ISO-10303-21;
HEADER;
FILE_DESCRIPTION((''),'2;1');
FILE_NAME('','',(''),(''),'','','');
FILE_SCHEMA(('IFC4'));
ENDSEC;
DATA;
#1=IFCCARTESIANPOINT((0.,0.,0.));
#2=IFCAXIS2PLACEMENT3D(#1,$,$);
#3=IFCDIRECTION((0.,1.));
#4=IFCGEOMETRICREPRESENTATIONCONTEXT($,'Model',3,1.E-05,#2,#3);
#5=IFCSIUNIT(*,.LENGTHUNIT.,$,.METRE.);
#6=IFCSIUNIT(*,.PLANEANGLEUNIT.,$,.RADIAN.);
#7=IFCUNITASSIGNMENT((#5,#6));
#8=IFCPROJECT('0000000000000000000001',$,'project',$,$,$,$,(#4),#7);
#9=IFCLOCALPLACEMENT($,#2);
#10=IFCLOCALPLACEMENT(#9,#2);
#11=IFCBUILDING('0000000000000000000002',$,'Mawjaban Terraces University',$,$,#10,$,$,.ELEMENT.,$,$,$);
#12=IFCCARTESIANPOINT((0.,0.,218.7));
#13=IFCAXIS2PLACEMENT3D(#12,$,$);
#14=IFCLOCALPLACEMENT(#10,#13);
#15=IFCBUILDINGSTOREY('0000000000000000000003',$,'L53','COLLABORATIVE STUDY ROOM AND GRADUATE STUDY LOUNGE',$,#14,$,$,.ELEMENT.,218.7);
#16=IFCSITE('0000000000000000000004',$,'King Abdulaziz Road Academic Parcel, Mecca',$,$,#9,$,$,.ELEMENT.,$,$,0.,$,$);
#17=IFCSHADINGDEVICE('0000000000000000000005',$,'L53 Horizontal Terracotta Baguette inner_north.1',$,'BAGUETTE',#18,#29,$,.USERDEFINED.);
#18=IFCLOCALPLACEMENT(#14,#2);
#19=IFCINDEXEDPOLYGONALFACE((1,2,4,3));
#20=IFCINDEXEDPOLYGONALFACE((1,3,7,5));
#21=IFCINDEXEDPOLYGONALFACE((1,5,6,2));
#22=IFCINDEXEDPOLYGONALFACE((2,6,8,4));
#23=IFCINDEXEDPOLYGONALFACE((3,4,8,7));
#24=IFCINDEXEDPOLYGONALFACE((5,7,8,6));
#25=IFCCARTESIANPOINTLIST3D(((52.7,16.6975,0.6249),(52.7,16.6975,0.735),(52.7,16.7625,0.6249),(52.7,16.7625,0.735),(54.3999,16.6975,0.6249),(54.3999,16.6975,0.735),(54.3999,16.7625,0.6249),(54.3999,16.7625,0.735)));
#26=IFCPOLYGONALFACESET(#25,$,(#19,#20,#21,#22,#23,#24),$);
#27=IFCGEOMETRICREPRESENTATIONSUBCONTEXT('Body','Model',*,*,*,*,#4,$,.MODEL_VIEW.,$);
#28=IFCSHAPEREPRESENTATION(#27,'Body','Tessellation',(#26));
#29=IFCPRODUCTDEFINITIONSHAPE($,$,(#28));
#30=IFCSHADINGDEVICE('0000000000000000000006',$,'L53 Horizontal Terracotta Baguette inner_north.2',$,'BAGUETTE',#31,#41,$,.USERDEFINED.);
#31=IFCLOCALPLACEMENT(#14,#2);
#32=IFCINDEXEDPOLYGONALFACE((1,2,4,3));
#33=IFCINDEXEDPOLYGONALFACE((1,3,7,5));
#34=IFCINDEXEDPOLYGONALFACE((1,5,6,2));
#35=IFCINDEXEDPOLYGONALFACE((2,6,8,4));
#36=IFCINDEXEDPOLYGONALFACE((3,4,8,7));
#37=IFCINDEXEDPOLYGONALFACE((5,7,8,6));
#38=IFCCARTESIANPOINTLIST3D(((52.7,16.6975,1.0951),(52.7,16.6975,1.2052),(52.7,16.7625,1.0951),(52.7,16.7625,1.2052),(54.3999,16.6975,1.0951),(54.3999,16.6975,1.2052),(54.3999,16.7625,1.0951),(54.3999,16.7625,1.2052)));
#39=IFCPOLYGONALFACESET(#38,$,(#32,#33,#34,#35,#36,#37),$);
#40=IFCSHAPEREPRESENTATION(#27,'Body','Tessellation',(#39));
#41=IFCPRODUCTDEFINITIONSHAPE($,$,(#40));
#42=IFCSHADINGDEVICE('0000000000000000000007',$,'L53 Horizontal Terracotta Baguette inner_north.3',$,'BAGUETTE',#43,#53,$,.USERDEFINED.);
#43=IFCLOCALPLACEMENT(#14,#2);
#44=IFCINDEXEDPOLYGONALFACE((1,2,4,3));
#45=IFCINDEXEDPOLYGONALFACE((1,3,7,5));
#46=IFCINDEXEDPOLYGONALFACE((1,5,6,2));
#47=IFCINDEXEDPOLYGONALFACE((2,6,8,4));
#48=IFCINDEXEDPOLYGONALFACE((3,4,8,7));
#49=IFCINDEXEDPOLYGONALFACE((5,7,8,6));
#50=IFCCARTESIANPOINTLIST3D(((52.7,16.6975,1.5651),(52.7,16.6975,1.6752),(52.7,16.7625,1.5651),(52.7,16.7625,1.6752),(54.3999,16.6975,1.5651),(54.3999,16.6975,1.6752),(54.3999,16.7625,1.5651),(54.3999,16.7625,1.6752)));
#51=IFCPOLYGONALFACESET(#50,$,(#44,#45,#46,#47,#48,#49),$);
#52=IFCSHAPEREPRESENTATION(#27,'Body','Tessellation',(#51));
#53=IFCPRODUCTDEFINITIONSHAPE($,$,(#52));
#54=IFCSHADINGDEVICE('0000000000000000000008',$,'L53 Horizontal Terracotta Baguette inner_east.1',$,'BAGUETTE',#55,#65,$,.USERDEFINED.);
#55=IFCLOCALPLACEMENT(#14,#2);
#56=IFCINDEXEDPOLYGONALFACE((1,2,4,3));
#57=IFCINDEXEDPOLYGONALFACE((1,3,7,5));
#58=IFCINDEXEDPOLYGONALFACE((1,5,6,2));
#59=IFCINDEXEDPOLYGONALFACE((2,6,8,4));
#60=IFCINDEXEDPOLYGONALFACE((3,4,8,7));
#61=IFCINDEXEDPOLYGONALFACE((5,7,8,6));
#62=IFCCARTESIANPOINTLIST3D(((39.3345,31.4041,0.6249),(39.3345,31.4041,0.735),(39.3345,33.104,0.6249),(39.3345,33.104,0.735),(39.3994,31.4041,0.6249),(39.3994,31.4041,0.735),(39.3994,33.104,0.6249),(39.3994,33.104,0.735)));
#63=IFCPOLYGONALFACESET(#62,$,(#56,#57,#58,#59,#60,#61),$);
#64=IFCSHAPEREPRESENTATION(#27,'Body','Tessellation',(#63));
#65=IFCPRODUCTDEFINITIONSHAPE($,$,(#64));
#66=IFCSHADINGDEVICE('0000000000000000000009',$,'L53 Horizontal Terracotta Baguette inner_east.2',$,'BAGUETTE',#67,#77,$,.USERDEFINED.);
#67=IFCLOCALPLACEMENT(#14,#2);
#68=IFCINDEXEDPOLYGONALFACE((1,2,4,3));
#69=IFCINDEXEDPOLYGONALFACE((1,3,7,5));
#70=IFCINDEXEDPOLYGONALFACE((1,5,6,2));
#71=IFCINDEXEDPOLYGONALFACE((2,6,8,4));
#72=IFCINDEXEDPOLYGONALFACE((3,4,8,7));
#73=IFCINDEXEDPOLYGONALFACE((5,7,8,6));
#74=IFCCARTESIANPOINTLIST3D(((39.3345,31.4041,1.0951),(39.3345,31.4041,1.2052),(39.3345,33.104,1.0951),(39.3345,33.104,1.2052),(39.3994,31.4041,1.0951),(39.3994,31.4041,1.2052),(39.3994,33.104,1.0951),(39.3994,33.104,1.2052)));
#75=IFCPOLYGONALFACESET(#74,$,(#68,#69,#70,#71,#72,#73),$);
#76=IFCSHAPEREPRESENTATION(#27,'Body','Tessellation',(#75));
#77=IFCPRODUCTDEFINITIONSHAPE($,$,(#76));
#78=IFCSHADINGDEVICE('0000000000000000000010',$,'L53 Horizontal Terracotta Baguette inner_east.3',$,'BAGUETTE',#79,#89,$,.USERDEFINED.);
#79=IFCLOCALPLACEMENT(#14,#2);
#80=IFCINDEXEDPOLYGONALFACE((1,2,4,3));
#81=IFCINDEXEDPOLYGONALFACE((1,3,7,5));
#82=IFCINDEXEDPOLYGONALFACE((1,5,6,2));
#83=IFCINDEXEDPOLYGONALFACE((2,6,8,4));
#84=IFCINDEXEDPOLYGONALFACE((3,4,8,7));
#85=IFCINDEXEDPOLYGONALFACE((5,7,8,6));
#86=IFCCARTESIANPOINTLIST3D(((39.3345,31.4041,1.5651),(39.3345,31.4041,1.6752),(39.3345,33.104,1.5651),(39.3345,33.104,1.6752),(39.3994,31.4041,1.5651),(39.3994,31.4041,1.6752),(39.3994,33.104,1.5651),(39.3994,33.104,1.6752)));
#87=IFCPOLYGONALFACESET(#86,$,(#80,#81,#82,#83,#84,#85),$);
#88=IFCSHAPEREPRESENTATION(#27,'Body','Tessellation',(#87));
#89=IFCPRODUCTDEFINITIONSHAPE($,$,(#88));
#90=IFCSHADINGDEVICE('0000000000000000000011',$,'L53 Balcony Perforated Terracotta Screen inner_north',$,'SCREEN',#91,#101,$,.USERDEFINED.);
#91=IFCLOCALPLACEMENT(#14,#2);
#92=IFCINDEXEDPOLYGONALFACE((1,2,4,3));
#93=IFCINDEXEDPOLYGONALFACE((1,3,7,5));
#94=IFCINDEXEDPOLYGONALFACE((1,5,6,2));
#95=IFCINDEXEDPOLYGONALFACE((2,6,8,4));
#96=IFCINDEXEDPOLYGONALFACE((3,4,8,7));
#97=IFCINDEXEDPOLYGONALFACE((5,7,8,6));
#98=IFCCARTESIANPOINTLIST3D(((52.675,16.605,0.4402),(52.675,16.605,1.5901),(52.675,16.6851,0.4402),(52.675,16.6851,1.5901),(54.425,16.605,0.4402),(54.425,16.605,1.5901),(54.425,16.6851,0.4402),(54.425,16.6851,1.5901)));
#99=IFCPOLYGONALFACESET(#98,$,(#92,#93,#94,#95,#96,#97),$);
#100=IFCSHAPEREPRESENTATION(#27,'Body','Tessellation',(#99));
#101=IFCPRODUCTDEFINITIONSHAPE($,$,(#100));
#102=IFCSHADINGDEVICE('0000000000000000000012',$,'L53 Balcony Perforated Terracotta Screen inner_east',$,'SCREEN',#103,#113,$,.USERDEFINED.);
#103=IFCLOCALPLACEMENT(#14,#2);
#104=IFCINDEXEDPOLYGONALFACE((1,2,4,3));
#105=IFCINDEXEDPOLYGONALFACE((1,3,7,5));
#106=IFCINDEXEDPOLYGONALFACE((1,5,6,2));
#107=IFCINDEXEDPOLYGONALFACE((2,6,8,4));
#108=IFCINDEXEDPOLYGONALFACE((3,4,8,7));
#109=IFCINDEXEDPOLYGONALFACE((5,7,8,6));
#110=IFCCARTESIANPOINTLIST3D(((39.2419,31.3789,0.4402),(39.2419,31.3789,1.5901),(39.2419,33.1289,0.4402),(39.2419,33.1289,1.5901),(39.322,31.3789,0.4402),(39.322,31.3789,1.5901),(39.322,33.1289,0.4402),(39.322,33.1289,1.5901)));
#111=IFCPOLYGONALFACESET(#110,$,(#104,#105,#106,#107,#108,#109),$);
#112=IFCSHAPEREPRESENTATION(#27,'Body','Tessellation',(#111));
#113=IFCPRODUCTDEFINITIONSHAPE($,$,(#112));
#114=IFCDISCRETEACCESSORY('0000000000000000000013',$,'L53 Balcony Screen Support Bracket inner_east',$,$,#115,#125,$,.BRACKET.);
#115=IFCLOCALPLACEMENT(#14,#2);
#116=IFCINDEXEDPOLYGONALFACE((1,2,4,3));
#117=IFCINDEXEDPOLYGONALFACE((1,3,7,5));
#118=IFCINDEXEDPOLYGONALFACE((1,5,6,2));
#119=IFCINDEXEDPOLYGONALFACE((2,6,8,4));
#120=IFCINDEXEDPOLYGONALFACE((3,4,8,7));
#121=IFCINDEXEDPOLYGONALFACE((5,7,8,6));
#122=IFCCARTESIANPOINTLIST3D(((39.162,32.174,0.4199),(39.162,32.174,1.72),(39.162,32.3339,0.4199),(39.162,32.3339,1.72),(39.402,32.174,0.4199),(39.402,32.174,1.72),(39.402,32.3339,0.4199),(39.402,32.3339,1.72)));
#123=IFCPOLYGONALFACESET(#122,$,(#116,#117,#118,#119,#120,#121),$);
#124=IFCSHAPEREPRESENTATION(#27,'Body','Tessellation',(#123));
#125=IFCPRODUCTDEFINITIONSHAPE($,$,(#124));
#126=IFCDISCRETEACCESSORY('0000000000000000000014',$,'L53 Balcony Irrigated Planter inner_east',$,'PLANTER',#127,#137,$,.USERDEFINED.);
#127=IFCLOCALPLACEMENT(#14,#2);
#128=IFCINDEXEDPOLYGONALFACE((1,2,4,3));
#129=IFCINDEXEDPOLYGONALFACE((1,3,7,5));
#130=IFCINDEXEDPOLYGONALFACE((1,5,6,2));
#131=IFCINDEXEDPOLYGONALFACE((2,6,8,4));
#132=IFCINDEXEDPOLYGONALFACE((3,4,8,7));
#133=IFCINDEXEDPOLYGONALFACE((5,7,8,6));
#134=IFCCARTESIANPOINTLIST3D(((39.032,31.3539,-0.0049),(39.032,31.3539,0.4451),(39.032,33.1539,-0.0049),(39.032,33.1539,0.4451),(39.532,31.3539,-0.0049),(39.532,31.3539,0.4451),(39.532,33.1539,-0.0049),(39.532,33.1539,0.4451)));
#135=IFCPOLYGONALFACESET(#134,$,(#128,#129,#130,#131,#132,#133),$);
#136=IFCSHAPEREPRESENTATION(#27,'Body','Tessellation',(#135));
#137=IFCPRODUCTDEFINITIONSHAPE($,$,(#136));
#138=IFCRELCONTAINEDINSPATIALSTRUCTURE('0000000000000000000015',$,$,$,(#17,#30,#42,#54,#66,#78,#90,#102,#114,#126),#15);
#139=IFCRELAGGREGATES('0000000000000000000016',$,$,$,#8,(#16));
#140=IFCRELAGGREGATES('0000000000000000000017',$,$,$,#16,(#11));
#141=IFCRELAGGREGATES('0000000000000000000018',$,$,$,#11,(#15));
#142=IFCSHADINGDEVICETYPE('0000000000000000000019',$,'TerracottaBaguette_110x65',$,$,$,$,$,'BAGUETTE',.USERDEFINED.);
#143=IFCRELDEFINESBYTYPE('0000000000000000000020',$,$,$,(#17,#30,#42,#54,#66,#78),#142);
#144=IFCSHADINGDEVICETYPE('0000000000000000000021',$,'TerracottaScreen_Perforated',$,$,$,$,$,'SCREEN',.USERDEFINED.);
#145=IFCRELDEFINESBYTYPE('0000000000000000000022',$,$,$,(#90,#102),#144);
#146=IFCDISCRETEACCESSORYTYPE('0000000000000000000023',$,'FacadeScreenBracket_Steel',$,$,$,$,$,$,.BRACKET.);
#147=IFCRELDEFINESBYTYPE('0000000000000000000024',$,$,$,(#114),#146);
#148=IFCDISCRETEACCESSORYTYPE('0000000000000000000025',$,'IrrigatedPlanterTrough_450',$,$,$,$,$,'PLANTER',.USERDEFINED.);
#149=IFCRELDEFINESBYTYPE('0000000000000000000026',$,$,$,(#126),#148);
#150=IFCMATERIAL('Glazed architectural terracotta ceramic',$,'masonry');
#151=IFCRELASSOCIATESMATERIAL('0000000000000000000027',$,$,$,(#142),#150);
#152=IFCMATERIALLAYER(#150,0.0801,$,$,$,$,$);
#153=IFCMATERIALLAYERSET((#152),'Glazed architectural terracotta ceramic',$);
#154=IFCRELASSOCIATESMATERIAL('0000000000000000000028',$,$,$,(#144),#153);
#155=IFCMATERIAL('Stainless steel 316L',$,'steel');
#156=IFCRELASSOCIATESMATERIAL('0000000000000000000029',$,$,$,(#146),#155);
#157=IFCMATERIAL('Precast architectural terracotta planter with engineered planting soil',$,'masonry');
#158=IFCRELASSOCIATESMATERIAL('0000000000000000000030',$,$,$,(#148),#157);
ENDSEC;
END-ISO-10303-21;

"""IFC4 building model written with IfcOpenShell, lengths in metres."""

from ifc_helpers import new_model, si_unit, direction, frame, origin, origin_2d, place, context, subcontext, project, spatial, rectangle, extrude, material, layer, layer_set, material_profile, profile_set, type_object, element, save


model = new_model("IFC4")

# Units and contexts
model_context = context("Model", 3, precision=1e-05, world=origin(), true_north=direction((0.0, 1.0)))
body_context = subcontext(model_context, "Body", "Model", "MODEL_VIEW")
ifc_project = project(units=[si_unit("LENGTHUNIT", "METRE"), si_unit("PLANEANGLEUNIT", "RADIAN")], contexts=[model_context])

# Site, building, storey
site_placement = place(None, origin())
site = spatial("IfcSite", under=ifc_project, at=site_placement, Name="King Abdulaziz Road Academic Parcel, Mecca", CompositionType="ELEMENT", RefElevation=0.0)
building_placement = place(site_placement, origin())
building = spatial("IfcBuilding", under=site, at=building_placement, Name="Mawjaban Terraces University", CompositionType="ELEMENT")
storey_placement = place(building_placement, frame((0.0, 0.0, 218.7)))
storey = spatial("IfcBuildingStorey", under=building, at=storey_placement, Name="L53", Description="COLLABORATIVE STUDY ROOM AND GRADUATE STUDY LOUNGE", CompositionType="ELEMENT", Elevation=218.7)

# Shading devices
ifc_material_1 = material(Name="Glazed architectural terracotta ceramic", Category="masonry")
ifc_material_profile_1 = material_profile(ifc_material_1, rectangle(XDim=0.0649, YDim=0.1101, at=origin_2d()), Name="TBAG110X65")
ifc_profile_set_1 = profile_set([ifc_material_profile_1], Name="Glazed architectural terracotta ceramic")
shading_device_type_1 = type_object("IfcShadingDeviceType", Name="TerracottaBaguette_110x65", ElementType="BAGUETTE", PredefinedType="USERDEFINED", material=ifc_profile_set_1)
for number, where, z_axis, x_axis, name in (
    (1, (52.7, 16.73, 0.6799), (1.0, 0.0, 0.0), (0.0, 1.0, 0.0), "L53 Horizontal Terracotta Baguette inner_north.1"),
    (2, (52.7, 16.73, 1.1501), (1.0, 0.0, 0.0), (0.0, 1.0, 0.0), "L53 Horizontal Terracotta Baguette inner_north.2"),
    (3, (52.7, 16.73, 1.6201), (1.0, 0.0, 0.0), (0.0, 1.0, 0.0), "L53 Horizontal Terracotta Baguette inner_north.3"),
    (4, (39.3669, 31.4041, 0.6799), (0.0, 1.0, 0.0), (-1.0, 0.0, 0.0), "L53 Horizontal Terracotta Baguette inner_east.1"),
    (5, (39.3669, 31.4041, 1.1501), (0.0, 1.0, 0.0), (-1.0, 0.0, 0.0), "L53 Horizontal Terracotta Baguette inner_east.2"),
    (6, (39.3669, 31.4041, 1.6201), (0.0, 1.0, 0.0), (-1.0, 0.0, 0.0), "L53 Horizontal Terracotta Baguette inner_east.3"),
):
    element("IfcShadingDevice", number, at=place(storey_placement, frame(where, z_axis=z_axis, x_axis=x_axis)), inside=storey, type_object=shading_device_type_1, Name=name, ObjectType="BAGUETTE", PredefinedType="USERDEFINED", context=body_context, shape_type="SweptSolid", body=[
        extrude(rectangle(XDim=0.0649, YDim=0.1101, at=origin_2d()), origin(), (0.0, 0.0, 1.0), 1.7),
    ])
ifc_layer_1 = layer(ifc_material_1, 0.0801)
ifc_layer_set_1 = layer_set([ifc_layer_1], Name="Glazed architectural terracotta ceramic")
shading_device_type_2 = type_object("IfcShadingDeviceType", Name="TerracottaScreen_Perforated", ElementType="SCREEN", PredefinedType="USERDEFINED", material=ifc_layer_set_1)
for number, where, z_axis, x_axis, name in (
    (7, (53.55, 16.645, 0.4402), (0.0, 0.0, 1.0), (1.0, 0.0, 0.0), "L53 Balcony Perforated Terracotta Screen inner_north"),
    (8, (39.282, 32.2539, 0.4402), (0.0, 0.0, 1.0), (0.0, 1.0, 0.0), "L53 Balcony Perforated Terracotta Screen inner_east"),
):
    element("IfcShadingDevice", number, at=place(storey_placement, frame(where, z_axis=z_axis, x_axis=x_axis)), inside=storey, type_object=shading_device_type_2, Name=name, ObjectType="SCREEN", PredefinedType="USERDEFINED", context=body_context, shape_type="SweptSolid", body=[
        extrude(rectangle(XDim=1.75, YDim=0.0801, at=origin_2d()), origin(), (0.0, 0.0, 1.0), 1.1499),
    ])

# Discrete accessories
ifc_material_2 = material(Name="Stainless steel 316L", Category="steel")
discrete_accessory_type_1 = type_object("IfcDiscreteAccessoryType", Name="FacadeScreenBracket_Steel", PredefinedType="BRACKET", material=ifc_material_2)
discrete_accessory_1_placement = place(storey_placement, frame((39.282, 32.2539, 0.4199), z_axis=(0.0, 0.0, 1.0), x_axis=(0.0, 1.0, 0.0)))
element("IfcDiscreteAccessory", 9, at=discrete_accessory_1_placement, inside=storey, type_object=discrete_accessory_type_1, Name="L53 Balcony Screen Support Bracket inner_east", PredefinedType="BRACKET", context=body_context, shape_type="SweptSolid", body=[
    extrude(rectangle(XDim=0.1599, YDim=0.24, at=origin_2d()), origin(), (0.0, 0.0, 1.0), 1.3),
])
ifc_material_3 = material(Name="Precast architectural terracotta planter with engineered planting soil", Category="masonry")
discrete_accessory_type_2 = type_object("IfcDiscreteAccessoryType", Name="IrrigatedPlanterTrough_450", ElementType="PLANTER", PredefinedType="USERDEFINED", material=ifc_material_3)
discrete_accessory_2_placement = place(storey_placement, frame((39.282, 32.2539, -0.0049), z_axis=(0.0, 0.0, 1.0), x_axis=(0.0, 1.0, 0.0)))
element("IfcDiscreteAccessory", 10, at=discrete_accessory_2_placement, inside=storey, type_object=discrete_accessory_type_2, Name="L53 Balcony Irrigated Planter inner_east", ObjectType="PLANTER", PredefinedType="USERDEFINED", context=body_context, shape_type="SweptSolid", body=[
    extrude(rectangle(XDim=1.8, YDim=0.5, at=origin_2d()), origin(), (0.0, 0.0, 1.0), 0.45),
])

save(model, "model.ifc")
